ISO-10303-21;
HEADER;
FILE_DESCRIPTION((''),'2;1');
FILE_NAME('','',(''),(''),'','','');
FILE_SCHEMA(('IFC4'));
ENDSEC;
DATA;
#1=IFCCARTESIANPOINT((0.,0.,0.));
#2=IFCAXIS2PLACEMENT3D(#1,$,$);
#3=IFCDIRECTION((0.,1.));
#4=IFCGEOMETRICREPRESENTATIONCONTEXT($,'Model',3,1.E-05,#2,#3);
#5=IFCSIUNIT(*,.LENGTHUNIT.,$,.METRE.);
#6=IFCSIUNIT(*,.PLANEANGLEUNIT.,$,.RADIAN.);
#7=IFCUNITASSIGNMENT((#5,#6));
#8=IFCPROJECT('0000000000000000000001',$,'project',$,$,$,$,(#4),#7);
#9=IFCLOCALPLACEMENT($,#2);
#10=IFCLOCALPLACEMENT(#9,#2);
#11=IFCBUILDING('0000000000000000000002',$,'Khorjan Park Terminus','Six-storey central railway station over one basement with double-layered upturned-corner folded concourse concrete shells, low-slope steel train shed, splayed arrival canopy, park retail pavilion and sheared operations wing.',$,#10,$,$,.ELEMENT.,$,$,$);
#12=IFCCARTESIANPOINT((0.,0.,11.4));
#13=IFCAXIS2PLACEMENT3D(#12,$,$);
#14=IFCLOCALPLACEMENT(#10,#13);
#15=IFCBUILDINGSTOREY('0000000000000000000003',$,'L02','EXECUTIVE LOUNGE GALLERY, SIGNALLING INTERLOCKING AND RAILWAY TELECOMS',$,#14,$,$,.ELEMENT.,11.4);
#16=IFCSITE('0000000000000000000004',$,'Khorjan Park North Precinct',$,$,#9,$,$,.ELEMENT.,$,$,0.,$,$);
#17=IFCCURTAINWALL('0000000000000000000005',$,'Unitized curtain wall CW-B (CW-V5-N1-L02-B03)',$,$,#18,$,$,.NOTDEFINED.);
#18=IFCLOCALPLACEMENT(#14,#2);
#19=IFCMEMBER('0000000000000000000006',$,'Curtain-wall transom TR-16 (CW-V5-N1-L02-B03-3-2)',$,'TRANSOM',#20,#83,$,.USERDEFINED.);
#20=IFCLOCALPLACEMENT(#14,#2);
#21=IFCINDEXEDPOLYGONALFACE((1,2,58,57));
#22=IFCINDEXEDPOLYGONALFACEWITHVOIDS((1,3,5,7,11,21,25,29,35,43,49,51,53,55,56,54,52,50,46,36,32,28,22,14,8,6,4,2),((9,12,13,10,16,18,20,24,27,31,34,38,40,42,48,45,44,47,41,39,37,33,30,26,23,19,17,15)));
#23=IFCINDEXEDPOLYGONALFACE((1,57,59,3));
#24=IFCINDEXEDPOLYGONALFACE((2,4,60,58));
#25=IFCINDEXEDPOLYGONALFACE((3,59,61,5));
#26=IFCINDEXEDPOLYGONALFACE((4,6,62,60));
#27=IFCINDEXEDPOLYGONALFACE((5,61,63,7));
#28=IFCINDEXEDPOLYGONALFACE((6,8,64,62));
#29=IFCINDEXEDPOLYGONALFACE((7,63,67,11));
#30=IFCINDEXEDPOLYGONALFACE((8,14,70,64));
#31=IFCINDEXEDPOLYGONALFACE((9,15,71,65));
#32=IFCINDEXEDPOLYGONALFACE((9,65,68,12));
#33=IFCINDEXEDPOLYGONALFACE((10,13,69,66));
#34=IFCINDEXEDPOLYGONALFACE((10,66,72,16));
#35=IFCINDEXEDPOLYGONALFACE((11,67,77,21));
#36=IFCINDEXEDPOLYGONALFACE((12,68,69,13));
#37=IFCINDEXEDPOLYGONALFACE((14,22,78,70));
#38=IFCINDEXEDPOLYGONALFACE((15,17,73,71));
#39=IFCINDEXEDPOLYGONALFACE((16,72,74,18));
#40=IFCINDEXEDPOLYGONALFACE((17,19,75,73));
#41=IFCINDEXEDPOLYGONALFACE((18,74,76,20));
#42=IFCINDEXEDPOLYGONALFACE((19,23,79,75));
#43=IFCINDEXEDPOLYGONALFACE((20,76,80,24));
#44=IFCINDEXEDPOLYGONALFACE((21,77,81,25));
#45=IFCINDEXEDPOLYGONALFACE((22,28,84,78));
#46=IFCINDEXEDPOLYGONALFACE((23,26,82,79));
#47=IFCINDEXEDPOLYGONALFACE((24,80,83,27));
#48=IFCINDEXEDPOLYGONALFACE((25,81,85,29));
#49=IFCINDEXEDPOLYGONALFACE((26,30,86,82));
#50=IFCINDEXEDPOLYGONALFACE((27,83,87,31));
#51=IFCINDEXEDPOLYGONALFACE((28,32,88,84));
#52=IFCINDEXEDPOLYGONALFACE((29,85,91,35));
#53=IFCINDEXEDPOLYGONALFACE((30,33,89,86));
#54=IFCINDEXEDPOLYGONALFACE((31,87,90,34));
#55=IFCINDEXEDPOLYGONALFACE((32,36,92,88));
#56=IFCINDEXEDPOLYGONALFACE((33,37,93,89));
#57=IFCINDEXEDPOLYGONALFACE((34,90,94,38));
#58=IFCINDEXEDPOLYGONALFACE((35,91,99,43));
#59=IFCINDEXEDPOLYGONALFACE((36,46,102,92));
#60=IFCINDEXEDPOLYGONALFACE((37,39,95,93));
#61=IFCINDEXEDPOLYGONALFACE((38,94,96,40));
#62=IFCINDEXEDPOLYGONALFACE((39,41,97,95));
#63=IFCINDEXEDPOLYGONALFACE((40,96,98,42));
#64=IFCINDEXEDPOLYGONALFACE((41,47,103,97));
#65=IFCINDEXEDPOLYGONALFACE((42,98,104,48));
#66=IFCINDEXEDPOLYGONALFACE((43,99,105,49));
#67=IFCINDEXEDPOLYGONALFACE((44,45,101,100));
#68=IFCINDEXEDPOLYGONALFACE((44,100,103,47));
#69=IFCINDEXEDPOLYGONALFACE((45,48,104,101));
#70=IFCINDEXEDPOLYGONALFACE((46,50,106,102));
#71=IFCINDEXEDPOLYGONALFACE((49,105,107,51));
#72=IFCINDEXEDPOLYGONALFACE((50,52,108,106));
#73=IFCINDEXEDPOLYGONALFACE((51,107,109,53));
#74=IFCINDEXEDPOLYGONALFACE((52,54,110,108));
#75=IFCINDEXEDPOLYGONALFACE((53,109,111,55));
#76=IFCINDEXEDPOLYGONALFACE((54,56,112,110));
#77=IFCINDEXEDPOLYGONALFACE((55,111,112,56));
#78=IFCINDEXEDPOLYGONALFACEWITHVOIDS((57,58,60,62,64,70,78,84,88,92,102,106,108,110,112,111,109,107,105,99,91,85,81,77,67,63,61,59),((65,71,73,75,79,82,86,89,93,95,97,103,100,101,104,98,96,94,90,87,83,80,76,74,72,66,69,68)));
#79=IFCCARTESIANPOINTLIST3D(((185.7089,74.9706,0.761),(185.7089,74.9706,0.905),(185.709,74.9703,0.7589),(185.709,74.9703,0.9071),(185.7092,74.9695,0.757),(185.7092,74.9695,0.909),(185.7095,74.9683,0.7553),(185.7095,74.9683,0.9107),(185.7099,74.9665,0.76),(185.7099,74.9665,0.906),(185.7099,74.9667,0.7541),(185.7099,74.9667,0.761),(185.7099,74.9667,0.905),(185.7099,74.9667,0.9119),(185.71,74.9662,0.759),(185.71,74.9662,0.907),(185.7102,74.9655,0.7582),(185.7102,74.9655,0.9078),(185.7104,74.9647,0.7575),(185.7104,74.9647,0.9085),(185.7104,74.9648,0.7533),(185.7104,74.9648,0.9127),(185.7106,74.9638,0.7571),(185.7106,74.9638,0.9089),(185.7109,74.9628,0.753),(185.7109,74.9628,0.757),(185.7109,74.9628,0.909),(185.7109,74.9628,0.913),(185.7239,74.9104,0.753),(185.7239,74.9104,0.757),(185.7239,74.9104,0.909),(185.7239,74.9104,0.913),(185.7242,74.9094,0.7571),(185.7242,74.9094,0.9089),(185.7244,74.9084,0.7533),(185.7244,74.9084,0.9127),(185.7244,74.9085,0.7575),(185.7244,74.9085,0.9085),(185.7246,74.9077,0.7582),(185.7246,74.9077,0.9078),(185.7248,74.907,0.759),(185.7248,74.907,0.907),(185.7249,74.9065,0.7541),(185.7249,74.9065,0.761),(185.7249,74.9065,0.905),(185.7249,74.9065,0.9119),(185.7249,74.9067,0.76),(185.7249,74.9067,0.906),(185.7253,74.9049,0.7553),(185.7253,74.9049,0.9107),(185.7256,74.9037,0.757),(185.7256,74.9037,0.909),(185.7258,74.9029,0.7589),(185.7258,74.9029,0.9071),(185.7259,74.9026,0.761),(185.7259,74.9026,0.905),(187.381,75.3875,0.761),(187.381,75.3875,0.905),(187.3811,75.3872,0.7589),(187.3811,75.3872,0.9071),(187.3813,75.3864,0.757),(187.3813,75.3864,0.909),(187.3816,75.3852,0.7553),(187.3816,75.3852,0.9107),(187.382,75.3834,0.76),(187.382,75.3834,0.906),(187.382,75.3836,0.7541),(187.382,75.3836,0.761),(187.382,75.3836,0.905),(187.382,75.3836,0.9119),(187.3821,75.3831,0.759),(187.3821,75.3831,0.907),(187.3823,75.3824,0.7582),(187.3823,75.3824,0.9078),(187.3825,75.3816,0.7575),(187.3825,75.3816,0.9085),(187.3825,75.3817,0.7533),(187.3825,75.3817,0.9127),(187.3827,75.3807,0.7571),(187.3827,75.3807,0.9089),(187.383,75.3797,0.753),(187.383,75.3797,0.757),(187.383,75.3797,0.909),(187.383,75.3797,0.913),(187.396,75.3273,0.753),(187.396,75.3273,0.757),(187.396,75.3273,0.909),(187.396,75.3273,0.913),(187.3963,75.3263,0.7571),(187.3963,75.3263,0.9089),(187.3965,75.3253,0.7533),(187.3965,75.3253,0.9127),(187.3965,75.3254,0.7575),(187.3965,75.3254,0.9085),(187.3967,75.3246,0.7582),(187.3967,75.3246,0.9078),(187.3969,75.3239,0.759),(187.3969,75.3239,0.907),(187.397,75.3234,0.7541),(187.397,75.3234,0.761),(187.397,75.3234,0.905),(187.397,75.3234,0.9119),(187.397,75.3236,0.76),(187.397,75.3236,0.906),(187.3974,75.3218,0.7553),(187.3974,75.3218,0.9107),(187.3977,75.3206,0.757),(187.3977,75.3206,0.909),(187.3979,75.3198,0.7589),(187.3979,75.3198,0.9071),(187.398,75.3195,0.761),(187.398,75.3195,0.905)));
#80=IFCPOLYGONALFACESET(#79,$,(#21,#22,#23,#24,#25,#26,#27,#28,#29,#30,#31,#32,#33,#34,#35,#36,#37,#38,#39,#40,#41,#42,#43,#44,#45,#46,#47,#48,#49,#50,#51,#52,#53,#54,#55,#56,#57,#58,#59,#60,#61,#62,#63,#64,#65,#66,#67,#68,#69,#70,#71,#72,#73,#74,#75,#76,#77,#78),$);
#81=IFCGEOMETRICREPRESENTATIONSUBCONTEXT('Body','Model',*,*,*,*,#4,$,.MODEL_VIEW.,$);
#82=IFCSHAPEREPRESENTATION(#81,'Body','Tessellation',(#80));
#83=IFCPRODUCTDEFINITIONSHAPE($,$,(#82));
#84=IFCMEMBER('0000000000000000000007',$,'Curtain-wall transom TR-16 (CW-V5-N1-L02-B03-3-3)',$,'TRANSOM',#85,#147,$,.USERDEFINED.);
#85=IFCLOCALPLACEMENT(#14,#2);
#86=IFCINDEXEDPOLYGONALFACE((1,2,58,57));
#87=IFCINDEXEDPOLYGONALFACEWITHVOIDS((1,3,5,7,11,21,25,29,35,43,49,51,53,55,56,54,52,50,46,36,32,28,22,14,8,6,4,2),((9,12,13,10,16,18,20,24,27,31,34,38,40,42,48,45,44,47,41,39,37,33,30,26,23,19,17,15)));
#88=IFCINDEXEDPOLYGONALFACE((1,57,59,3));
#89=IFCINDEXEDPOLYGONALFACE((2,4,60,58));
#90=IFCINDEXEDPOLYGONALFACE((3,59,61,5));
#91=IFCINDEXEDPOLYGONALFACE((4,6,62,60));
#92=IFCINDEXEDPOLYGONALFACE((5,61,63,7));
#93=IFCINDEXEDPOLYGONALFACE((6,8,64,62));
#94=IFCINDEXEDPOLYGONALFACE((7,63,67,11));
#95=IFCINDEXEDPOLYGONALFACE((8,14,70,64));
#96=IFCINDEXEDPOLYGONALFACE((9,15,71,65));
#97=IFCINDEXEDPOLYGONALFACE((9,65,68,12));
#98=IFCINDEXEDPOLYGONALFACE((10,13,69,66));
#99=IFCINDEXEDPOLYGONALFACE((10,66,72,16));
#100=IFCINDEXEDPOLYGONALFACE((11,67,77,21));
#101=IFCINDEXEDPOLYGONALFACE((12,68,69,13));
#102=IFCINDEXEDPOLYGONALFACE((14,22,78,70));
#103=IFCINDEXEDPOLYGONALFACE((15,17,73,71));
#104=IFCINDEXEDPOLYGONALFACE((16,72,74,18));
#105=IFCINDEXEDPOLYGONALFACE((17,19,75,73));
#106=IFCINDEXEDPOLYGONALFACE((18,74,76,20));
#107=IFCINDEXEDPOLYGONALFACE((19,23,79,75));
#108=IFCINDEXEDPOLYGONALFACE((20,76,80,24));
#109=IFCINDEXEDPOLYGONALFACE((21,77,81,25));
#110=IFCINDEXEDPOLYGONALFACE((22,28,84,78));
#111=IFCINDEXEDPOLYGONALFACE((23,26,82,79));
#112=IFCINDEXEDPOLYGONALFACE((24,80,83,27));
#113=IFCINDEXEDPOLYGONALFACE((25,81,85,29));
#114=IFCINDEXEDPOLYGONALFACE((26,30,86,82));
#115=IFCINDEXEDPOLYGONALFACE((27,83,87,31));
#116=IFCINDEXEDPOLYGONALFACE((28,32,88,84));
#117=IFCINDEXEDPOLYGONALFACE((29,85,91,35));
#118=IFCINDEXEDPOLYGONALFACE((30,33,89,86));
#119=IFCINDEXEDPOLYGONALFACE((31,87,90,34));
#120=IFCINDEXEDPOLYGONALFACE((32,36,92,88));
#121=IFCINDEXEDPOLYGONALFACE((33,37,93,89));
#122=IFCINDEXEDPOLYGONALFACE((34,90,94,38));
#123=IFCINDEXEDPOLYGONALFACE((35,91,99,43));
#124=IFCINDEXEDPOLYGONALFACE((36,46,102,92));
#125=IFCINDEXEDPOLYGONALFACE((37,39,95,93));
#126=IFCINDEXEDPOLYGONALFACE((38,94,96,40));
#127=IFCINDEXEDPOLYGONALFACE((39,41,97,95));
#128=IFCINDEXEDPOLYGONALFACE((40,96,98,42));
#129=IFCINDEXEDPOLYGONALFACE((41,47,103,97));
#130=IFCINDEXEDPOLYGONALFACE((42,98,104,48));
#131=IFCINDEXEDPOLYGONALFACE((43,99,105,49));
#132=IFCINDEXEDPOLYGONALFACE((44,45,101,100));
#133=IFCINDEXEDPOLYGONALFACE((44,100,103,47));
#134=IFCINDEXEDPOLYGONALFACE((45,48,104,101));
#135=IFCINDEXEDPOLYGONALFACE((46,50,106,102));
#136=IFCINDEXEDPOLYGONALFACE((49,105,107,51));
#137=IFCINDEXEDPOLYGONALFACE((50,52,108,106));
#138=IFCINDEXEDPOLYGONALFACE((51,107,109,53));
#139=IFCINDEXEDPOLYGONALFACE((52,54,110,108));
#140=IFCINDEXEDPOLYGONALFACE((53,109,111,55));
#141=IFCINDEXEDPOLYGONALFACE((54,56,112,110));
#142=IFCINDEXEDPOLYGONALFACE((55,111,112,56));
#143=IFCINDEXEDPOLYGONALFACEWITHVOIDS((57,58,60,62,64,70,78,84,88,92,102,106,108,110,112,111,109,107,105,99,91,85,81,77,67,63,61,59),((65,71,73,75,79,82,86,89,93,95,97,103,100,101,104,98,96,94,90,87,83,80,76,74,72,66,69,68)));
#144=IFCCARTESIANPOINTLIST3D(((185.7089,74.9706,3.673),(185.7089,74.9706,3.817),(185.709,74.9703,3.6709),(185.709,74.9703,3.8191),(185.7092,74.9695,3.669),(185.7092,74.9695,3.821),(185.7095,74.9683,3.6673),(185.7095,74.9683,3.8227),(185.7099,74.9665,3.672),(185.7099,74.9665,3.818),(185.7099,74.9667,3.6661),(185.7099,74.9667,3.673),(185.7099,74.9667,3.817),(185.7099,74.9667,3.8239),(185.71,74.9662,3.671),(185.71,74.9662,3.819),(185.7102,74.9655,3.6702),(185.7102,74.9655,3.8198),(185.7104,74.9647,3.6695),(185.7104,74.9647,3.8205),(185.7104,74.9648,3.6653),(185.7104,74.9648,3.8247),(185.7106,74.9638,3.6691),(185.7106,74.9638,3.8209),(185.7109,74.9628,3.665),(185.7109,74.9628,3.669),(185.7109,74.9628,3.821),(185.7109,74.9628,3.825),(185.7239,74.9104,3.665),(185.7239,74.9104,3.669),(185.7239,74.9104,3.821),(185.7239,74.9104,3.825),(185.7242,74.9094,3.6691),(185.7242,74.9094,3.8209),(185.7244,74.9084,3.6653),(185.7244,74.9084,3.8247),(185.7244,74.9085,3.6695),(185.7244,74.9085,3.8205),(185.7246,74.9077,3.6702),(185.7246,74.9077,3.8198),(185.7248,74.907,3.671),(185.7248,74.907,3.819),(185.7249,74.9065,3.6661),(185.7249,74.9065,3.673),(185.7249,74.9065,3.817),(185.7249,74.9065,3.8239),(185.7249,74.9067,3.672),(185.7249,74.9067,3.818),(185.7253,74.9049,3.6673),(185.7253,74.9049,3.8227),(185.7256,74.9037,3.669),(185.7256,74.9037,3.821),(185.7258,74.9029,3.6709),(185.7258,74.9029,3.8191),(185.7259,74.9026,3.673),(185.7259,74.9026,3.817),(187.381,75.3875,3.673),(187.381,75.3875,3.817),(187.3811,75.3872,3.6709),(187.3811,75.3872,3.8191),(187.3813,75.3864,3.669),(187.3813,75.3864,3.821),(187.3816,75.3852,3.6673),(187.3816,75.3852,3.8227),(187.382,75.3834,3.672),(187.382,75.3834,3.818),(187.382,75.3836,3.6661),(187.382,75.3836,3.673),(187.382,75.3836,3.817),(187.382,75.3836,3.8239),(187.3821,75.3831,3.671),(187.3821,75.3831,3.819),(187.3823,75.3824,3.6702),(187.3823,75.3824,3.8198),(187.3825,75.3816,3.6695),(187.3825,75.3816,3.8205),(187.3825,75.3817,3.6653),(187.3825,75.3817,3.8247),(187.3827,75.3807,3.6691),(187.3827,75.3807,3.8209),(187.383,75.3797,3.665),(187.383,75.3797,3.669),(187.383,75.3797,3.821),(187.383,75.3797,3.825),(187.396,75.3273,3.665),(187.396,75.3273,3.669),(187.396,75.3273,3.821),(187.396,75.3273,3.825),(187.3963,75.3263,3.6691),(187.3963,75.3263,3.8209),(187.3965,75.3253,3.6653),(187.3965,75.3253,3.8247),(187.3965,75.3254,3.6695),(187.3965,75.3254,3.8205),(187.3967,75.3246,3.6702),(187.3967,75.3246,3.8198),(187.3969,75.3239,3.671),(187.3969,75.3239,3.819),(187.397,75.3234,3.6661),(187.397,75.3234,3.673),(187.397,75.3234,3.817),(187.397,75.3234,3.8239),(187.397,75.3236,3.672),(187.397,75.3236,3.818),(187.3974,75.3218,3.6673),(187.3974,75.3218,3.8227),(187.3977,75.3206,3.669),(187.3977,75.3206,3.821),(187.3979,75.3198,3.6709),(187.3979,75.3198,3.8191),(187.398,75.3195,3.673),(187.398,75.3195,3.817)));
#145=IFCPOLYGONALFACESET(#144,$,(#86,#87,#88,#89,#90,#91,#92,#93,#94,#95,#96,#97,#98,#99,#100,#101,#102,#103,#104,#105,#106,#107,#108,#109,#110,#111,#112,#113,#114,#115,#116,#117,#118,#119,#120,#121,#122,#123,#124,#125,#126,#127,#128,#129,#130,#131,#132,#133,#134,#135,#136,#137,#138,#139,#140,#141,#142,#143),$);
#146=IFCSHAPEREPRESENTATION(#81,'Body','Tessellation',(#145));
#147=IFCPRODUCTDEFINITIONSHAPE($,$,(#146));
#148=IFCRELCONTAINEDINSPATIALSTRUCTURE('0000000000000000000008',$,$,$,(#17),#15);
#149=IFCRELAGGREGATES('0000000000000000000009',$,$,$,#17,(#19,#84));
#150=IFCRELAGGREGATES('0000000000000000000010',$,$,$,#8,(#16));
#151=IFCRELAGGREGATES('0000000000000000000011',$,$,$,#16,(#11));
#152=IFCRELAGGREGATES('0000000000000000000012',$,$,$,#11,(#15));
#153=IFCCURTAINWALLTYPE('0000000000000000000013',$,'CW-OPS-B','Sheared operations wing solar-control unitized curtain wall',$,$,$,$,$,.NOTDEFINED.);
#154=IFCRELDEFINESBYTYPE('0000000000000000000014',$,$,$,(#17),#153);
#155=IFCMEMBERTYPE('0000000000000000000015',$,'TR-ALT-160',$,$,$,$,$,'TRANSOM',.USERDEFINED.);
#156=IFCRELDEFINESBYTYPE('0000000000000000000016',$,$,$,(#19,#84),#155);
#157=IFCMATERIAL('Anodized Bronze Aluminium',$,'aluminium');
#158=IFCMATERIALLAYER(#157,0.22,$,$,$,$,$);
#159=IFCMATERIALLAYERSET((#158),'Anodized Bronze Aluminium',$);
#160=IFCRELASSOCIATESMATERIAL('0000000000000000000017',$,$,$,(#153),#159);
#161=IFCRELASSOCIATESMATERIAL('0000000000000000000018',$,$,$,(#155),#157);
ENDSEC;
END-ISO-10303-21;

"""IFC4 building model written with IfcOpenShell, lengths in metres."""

from ifc_helpers import new_model, si_unit, direction, frame, origin, origin_2d, place, context, subcontext, project, spatial, hollow_rectangle, extrude, material, layer, layer_set, material_profile, profile_set, type_object, element, aggregate, save


model = new_model("IFC4")

# Units and contexts
model_context = context("Model", 3, precision=1e-05, world=origin(), true_north=direction((0.0, 1.0)))
body_context = subcontext(model_context, "Body", "Model", "MODEL_VIEW")
ifc_project = project(units=[si_unit("LENGTHUNIT", "METRE"), si_unit("PLANEANGLEUNIT", "RADIAN")], contexts=[model_context])

# Site, building, storey
site_placement = place(None, origin())
site = spatial("IfcSite", under=ifc_project, at=site_placement, Name="Khorjan Park North Precinct", CompositionType="ELEMENT", RefElevation=0.0)
building_placement = place(site_placement, origin())
building = spatial("IfcBuilding", under=site, at=building_placement, Name="Khorjan Park Terminus", Description="Six-storey central railway station over one basement with double-layered upturned-corner folded concourse concrete shells, low-slope steel train shed, splayed arrival canopy, park retail pavilion and sheared operations wing.", CompositionType="ELEMENT")
storey_placement = place(building_placement, frame((0.0, 0.0, 11.4)))
storey = spatial("IfcBuildingStorey", under=building, at=storey_placement, Name="L02", Description="EXECUTIVE LOUNGE GALLERY, SIGNALLING INTERLOCKING AND RAILWAY TELECOMS", CompositionType="ELEMENT", Elevation=11.4)

# Curtain wall
ifc_material_1 = material(Name="Anodized Bronze Aluminium", Category="aluminium")
ifc_layer_1 = layer(ifc_material_1, 0.22)
ifc_layer_set_1 = layer_set([ifc_layer_1], Name="Anodized Bronze Aluminium")
curtain_wall_type = type_object("IfcCurtainWallType", Name="CW-OPS-B", Description="Sheared operations wing solar-control unitized curtain wall", PredefinedType="NOTDEFINED", material=ifc_layer_set_1)
curtain_wall_placement = place(storey_placement, origin())
curtain_wall = element("IfcCurtainWall", 1, at=curtain_wall_placement, inside=storey, type_object=curtain_wall_type, Name="Unitized curtain wall CW-B (CW-V5-N1-L02-B03)", PredefinedType="NOTDEFINED")

# Members
ifc_material_profile_1 = material_profile(ifc_material_1, hollow_rectangle(XDim=0.07, YDim=0.16, WallThickness=0.004, InnerFilletRadius=0.004, OuterFilletRadius=0.008, at=origin_2d()), Name="ALT 70x160x4")
ifc_profile_set_1 = profile_set([ifc_material_profile_1], Name="Anodized Bronze Aluminium")
member_type_1 = type_object("IfcMemberType", Name="TR-ALT-160", ElementType="TRANSOM", PredefinedType="USERDEFINED", material=ifc_profile_set_1)
member_1_placement = place(storey_placement, frame((187.3895, 75.3535, 0.833), z_axis=(-0.970296, -0.241921, 0.0), x_axis=(0.241921, -0.970296, 0.0)))
member_1 = element("IfcMember", 2, at=member_1_placement, type_object=member_type_1, Name="Curtain-wall transom TR-16 (CW-V5-N1-L02-B03-3-2)", ObjectType="TRANSOM", PredefinedType="USERDEFINED", context=body_context, shape_type="SweptSolid", body=[
    extrude(hollow_rectangle(XDim=0.07, YDim=0.16, WallThickness=0.004, InnerFilletRadius=0.004, OuterFilletRadius=0.008, at=origin_2d()), origin(), (0.0, 0.0, 1.0), 1.7233),
])
member_2_placement = place(storey_placement, frame((187.3895, 75.3535, 3.745), z_axis=(-0.970296, -0.241921, 0.0), x_axis=(0.241921, -0.970296, 0.0)))
member_2 = element("IfcMember", 3, at=member_2_placement, type_object=member_type_1, Name="Curtain-wall transom TR-16 (CW-V5-N1-L02-B03-3-3)", ObjectType="TRANSOM", PredefinedType="USERDEFINED", context=body_context, shape_type="SweptSolid", body=[
    extrude(hollow_rectangle(XDim=0.07, YDim=0.16, WallThickness=0.004, InnerFilletRadius=0.004, OuterFilletRadius=0.008, at=origin_2d()), origin(), (0.0, 0.0, 1.0), 1.7233),
])

aggregate(curtain_wall, [member_1, member_2])

save(model, "model.ifc")
